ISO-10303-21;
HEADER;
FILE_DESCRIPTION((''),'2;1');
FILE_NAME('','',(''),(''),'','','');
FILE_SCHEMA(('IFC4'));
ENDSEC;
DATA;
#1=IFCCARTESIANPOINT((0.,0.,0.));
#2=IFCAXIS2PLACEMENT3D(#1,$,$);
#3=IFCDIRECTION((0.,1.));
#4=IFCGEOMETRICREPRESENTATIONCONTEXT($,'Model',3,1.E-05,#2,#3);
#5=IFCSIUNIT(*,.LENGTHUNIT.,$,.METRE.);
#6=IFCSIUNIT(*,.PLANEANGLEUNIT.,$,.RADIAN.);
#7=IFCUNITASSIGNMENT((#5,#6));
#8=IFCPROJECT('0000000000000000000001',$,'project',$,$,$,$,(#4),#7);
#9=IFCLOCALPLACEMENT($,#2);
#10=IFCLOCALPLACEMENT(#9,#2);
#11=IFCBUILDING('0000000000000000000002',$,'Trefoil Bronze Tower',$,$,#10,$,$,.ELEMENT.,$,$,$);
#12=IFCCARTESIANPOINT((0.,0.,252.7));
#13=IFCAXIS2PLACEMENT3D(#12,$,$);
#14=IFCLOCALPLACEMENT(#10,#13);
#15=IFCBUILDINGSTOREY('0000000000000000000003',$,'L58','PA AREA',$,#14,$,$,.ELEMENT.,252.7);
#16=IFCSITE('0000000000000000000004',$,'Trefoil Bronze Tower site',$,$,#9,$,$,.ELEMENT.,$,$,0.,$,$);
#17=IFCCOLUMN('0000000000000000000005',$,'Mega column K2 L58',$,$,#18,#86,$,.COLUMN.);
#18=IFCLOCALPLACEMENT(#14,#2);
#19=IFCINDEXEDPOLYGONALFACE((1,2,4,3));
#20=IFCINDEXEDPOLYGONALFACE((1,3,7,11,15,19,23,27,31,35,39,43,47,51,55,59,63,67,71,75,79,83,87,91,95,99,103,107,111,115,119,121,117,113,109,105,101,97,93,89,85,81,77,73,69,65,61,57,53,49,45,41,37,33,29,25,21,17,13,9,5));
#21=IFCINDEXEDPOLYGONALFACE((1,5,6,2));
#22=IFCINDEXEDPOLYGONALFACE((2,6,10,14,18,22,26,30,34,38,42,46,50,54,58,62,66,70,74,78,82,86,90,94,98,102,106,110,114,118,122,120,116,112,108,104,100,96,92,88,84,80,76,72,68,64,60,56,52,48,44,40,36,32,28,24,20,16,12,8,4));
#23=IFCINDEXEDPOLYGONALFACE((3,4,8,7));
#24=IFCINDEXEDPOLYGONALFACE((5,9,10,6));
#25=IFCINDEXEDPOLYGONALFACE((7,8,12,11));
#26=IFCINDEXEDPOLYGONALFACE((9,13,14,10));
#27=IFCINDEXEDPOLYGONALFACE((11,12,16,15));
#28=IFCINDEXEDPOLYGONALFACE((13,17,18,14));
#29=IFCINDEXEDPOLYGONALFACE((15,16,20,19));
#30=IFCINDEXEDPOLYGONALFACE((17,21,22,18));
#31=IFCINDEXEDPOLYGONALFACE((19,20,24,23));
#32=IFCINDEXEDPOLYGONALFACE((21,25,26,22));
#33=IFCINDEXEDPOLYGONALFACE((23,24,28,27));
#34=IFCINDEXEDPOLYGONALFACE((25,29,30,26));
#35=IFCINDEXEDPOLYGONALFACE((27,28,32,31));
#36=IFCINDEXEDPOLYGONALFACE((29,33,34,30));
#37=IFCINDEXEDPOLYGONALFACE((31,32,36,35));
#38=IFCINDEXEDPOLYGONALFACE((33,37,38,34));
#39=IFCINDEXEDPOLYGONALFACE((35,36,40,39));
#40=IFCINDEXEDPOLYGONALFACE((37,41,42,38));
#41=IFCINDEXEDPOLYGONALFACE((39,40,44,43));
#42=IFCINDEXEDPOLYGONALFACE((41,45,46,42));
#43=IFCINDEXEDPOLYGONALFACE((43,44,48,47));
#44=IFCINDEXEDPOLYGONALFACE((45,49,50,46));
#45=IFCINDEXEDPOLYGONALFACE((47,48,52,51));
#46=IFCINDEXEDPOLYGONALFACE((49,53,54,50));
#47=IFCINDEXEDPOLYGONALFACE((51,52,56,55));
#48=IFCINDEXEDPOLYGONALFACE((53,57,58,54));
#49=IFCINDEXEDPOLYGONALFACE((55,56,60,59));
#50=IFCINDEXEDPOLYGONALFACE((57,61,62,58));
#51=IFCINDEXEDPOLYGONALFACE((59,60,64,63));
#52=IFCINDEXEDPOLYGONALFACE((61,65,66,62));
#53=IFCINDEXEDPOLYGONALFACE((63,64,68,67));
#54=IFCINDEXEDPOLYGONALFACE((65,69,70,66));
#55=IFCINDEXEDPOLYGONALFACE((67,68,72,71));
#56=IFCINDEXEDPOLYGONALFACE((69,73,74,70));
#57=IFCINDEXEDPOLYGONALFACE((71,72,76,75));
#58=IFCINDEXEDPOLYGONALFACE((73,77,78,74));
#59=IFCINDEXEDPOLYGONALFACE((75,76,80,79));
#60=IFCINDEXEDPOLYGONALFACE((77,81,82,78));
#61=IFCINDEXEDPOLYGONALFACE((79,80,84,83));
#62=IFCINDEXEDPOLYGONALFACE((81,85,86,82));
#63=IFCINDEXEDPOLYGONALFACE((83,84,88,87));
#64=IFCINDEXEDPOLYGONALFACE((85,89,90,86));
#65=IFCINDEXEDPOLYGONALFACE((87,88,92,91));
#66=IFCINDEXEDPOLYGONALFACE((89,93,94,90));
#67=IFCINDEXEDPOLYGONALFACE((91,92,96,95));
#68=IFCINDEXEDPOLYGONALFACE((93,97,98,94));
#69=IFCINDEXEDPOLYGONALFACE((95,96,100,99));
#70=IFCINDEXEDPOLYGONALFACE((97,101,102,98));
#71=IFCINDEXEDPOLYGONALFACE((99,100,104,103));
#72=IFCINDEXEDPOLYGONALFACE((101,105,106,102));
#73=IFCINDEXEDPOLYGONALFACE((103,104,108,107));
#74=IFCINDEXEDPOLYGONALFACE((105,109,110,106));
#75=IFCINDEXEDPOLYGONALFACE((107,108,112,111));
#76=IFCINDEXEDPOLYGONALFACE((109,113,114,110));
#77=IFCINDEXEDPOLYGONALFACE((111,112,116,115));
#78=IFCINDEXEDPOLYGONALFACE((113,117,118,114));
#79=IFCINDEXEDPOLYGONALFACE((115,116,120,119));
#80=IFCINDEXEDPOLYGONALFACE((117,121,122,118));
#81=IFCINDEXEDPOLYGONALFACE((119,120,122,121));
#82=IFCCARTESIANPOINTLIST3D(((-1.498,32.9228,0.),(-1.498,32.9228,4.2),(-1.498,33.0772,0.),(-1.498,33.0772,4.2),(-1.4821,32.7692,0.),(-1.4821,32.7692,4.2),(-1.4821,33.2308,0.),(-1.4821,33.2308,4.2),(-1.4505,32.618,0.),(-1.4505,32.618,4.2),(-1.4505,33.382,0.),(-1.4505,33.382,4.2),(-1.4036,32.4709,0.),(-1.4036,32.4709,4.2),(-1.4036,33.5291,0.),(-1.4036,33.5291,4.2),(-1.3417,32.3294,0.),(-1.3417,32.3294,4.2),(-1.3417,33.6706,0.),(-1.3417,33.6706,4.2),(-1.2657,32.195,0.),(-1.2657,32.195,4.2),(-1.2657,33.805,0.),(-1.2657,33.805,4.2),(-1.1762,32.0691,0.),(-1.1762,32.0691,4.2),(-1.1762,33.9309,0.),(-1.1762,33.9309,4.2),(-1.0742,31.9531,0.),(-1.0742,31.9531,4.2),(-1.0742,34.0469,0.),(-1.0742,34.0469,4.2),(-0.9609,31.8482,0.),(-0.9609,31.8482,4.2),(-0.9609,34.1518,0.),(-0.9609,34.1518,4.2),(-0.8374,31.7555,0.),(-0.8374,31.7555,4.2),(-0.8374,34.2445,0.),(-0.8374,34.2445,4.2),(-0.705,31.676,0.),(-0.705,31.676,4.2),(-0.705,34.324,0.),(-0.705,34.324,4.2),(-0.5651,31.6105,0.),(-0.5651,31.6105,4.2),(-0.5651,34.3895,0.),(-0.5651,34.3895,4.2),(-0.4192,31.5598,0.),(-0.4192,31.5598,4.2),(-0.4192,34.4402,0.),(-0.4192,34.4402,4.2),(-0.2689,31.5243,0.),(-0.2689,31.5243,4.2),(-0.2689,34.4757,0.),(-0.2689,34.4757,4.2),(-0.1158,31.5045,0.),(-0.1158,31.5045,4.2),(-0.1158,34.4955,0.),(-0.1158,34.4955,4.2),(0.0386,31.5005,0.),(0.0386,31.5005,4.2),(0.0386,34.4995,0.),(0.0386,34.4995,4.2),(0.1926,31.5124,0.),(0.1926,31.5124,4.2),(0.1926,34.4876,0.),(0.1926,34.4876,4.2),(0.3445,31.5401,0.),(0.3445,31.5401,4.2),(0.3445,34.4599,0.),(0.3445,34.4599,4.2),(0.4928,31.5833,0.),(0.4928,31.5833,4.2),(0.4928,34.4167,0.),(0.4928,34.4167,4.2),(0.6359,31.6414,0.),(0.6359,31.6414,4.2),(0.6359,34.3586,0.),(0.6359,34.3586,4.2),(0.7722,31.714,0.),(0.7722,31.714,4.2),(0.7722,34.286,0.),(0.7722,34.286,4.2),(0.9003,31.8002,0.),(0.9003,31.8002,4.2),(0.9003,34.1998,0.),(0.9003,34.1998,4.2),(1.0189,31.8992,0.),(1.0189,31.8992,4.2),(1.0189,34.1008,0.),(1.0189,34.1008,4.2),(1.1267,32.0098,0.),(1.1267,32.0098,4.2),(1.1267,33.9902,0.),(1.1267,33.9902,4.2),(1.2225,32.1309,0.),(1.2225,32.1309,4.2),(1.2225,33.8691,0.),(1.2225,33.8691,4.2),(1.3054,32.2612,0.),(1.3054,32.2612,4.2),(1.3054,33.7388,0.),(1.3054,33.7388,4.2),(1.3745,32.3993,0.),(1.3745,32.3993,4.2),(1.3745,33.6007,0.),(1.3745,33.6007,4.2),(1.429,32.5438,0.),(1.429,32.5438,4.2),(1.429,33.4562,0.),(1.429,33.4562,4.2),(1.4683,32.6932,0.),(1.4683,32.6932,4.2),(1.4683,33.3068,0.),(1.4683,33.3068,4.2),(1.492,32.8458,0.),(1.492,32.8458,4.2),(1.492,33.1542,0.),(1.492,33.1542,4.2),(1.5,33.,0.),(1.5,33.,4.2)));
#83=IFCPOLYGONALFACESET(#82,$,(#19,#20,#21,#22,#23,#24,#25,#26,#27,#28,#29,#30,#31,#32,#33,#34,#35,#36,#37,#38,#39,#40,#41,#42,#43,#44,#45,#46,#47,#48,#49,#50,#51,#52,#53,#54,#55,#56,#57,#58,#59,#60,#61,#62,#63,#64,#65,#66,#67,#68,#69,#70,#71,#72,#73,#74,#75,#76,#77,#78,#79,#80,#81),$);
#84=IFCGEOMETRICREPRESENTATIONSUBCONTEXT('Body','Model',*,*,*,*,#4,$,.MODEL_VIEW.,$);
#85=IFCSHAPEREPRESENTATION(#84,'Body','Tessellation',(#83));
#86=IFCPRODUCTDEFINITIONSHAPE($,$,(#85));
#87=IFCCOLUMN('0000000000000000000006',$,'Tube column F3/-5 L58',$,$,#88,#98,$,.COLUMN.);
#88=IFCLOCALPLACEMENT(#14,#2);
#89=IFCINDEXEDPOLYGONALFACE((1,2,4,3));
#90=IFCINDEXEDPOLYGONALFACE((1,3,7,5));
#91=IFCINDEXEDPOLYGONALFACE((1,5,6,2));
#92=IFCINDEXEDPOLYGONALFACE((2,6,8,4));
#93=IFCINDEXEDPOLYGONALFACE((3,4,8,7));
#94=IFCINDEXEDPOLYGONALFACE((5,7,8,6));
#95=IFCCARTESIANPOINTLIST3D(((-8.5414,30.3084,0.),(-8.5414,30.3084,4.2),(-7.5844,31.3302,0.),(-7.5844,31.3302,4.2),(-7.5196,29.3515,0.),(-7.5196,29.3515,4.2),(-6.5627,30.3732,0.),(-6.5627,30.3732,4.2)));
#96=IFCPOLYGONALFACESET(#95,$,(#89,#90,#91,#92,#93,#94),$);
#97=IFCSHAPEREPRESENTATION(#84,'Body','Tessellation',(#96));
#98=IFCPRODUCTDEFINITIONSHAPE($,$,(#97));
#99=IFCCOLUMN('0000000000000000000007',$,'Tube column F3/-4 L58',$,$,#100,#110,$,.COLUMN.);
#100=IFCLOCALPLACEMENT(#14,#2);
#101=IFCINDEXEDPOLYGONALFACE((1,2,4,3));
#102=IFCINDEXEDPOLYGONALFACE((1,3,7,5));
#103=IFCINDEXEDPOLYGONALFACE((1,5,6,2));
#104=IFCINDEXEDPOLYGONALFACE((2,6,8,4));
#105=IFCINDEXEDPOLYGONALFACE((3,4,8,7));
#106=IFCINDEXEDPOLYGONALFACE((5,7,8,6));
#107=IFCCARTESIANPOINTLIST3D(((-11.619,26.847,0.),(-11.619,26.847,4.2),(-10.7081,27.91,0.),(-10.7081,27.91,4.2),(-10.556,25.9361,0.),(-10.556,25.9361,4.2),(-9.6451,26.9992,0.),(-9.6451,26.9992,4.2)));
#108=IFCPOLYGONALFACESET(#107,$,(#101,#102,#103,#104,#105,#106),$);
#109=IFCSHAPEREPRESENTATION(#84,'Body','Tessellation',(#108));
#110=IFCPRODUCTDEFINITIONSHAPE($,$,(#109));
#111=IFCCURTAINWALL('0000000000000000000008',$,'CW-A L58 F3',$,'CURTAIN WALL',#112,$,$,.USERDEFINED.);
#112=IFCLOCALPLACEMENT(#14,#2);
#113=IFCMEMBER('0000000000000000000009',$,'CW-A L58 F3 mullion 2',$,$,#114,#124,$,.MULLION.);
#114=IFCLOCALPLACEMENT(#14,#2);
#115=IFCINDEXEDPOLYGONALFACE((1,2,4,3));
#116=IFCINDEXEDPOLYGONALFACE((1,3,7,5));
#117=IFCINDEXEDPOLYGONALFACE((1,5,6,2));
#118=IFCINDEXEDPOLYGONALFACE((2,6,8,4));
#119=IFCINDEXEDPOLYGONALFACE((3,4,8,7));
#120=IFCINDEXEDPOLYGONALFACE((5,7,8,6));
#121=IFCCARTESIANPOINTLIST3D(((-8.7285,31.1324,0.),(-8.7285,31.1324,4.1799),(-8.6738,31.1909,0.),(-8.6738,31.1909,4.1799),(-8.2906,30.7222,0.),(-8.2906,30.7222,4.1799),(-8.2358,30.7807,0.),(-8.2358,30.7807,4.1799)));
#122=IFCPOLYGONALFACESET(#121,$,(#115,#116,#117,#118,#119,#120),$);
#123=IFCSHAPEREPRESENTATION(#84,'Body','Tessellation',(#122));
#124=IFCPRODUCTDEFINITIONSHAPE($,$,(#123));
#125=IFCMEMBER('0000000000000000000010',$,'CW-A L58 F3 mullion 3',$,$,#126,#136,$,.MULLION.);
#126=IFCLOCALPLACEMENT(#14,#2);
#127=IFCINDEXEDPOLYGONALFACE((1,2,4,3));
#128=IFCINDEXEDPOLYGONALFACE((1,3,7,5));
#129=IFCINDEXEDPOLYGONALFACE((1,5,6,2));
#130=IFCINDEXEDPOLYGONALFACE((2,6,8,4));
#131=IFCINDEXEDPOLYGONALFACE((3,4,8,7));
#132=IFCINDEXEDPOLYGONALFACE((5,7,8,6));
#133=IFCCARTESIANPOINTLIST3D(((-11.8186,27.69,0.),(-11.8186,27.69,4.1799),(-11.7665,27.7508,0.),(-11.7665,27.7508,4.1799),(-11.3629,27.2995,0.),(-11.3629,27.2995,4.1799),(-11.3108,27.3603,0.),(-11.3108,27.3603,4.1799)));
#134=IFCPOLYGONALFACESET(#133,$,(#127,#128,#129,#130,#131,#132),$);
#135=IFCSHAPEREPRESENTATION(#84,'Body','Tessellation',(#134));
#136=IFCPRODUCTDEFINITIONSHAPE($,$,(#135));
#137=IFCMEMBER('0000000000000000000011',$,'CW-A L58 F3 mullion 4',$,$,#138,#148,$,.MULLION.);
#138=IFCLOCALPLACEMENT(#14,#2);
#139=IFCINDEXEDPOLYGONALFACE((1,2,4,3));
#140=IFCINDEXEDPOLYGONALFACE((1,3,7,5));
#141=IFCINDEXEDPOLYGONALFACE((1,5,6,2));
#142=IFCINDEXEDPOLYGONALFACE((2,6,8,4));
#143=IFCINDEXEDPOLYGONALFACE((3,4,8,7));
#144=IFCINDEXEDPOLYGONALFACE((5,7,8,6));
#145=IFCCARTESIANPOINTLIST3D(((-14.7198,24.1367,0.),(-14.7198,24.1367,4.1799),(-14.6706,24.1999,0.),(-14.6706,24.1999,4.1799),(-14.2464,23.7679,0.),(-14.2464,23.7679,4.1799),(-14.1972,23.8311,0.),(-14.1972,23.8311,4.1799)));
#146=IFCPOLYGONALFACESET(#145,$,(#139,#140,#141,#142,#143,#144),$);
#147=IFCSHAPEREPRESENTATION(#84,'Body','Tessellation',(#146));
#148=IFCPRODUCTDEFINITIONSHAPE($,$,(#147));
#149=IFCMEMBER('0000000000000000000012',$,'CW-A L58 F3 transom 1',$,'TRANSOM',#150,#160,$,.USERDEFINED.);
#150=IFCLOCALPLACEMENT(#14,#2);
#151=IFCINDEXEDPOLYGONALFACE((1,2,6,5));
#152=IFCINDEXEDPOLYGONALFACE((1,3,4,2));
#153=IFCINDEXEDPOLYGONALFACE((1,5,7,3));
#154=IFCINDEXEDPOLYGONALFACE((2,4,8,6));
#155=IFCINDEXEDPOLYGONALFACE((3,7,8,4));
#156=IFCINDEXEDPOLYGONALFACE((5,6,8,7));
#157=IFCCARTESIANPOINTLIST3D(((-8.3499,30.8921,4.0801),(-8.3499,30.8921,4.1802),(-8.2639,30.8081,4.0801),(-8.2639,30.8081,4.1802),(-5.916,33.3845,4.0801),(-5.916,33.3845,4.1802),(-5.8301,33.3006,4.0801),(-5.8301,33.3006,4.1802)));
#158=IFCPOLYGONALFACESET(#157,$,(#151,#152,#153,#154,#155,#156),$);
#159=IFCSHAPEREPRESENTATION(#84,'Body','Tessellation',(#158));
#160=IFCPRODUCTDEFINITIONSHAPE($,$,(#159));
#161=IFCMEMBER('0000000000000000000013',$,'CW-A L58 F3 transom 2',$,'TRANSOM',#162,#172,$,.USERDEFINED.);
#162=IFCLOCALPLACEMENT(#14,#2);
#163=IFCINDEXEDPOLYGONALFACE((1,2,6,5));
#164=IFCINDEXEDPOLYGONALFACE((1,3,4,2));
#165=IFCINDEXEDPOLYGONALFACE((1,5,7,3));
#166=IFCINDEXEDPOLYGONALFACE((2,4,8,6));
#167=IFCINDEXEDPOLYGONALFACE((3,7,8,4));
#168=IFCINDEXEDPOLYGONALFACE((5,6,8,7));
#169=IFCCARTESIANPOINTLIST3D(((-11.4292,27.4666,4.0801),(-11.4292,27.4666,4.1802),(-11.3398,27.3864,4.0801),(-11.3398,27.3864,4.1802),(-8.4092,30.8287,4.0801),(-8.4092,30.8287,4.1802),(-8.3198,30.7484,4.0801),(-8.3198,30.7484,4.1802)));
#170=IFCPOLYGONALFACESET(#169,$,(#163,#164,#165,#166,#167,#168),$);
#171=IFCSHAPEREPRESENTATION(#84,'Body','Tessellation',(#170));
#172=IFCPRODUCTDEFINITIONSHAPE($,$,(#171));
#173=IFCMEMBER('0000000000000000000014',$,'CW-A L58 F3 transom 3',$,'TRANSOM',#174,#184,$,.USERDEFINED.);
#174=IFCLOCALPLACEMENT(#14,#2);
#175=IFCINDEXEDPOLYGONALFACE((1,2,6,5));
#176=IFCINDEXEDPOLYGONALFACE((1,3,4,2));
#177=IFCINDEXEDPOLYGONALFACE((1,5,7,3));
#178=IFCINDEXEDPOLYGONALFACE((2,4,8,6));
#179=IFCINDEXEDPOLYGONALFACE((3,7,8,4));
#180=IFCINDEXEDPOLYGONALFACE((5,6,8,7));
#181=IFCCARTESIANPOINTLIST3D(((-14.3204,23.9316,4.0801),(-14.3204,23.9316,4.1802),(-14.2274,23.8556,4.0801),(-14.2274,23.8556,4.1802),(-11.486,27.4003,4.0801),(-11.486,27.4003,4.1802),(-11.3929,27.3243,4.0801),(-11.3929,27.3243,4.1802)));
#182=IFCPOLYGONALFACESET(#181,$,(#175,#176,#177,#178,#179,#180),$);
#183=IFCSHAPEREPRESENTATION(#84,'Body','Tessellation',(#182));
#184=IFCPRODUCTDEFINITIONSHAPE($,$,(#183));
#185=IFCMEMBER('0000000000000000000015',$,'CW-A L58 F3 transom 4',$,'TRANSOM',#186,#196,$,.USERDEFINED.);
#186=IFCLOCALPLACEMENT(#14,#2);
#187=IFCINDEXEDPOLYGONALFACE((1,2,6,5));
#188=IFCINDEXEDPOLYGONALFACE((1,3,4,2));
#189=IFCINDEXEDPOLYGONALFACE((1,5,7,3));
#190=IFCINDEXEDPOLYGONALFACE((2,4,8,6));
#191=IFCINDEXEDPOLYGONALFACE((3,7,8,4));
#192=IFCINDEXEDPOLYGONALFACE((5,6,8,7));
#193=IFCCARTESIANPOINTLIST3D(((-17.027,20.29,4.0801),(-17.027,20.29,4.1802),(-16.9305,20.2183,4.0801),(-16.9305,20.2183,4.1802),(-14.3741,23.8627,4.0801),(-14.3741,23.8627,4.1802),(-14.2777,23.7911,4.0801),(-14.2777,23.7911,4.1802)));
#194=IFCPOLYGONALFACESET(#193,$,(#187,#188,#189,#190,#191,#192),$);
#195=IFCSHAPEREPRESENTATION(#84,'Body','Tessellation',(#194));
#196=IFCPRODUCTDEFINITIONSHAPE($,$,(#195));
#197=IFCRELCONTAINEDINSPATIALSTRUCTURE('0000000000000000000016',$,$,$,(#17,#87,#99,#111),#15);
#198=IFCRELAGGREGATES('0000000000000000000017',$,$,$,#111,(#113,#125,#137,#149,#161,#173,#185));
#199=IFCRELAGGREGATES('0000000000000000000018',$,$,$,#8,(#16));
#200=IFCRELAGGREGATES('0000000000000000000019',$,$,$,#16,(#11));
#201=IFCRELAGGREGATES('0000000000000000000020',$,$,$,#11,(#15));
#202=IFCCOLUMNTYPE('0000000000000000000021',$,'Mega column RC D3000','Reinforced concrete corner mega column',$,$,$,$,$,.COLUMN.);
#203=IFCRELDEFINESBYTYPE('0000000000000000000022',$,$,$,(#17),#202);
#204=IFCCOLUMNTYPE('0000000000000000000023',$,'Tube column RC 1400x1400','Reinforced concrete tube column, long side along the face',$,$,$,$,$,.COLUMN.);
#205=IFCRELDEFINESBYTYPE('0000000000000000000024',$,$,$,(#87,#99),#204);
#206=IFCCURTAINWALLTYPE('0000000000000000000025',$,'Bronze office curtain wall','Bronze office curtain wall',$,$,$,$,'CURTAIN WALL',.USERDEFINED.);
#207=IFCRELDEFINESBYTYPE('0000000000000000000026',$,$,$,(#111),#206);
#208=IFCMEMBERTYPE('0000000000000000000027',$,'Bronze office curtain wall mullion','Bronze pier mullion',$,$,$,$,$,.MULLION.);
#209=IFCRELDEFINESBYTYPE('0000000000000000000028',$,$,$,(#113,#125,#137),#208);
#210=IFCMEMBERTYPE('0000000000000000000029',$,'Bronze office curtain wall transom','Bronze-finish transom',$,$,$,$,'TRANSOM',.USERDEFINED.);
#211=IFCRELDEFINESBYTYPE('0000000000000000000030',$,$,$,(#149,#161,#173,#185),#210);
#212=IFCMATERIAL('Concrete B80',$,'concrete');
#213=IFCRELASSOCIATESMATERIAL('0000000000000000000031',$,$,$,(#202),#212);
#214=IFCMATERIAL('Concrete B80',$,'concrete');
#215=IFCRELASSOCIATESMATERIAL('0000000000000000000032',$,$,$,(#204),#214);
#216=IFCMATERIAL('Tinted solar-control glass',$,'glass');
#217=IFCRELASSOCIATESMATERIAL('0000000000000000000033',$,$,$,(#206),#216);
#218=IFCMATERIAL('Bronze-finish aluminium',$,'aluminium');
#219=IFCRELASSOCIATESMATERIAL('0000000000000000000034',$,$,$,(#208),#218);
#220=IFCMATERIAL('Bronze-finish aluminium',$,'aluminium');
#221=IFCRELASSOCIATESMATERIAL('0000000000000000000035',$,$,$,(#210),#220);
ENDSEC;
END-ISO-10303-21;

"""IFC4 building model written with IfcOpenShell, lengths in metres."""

from ifc_helpers import new_model, si_unit, direction, frame, origin, origin_2d, place, context, subcontext, project, spatial, rectangle, circle, extrude, material, material_profile, profile_set, type_object, element, aggregate, save


model = new_model("IFC4")

# Units and contexts
model_context = context("Model", 3, precision=1e-05, world=origin(), true_north=direction((0.0, 1.0)))
body_context = subcontext(model_context, "Body", "Model", "MODEL_VIEW")
ifc_project = project(units=[si_unit("LENGTHUNIT", "METRE"), si_unit("PLANEANGLEUNIT", "RADIAN")], contexts=[model_context])

# Site, building, storey
site_placement = place(None, origin())
site = spatial("IfcSite", under=ifc_project, at=site_placement, Name="Trefoil Bronze Tower site", CompositionType="ELEMENT", RefElevation=0.0)
building_placement = place(site_placement, origin())
building = spatial("IfcBuilding", under=site, at=building_placement, Name="Trefoil Bronze Tower", CompositionType="ELEMENT")
storey_placement = place(building_placement, frame((0.0, 0.0, 252.7)))
storey = spatial("IfcBuildingStorey", under=building, at=storey_placement, Name="L58", Description="PA AREA", CompositionType="ELEMENT", Elevation=252.7)

# Columns
ifc_material_1 = material(Name="Concrete B80", Category="concrete")
ifc_material_profile_1 = material_profile(ifc_material_1, circle(Radius=1.5, at=origin_2d()), Name="RC D3000")
ifc_profile_set_1 = profile_set([ifc_material_profile_1], Name="Concrete B80")
column_type_1 = type_object("IfcColumnType", Name="Mega column RC D3000", Description="Reinforced concrete corner mega column", PredefinedType="COLUMN", material=ifc_profile_set_1)
column_placement = place(storey_placement, frame((0.0, 33.0, 0.0), z_axis=(0.0, 0.0, 1.0), x_axis=(1.0, 0.0, 0.0)))
element("IfcColumn", 1, at=column_placement, inside=storey, type_object=column_type_1, Name="Mega column K2 L58", PredefinedType="COLUMN", context=body_context, shape_type="SweptSolid", body=[
    extrude(circle(Radius=1.5, at=origin_2d()), origin(), (0.0, 0.0, 1.0), 4.2),
])
ifc_material_2 = material(Name="Concrete B80", Category="concrete")
ifc_material_profile_2 = material_profile(ifc_material_2, rectangle(XDim=1.3999, YDim=1.3999, at=origin_2d()), Name="RC 1400x1400")
ifc_profile_set_2 = profile_set([ifc_material_profile_2], Name="Concrete B80")
column_type_2 = type_object("IfcColumnType", Name="Tube column RC 1400x1400", Description="Reinforced concrete tube column, long side along the face", PredefinedType="COLUMN", material=ifc_profile_set_2)
for number, where, z_axis, x_axis, name in (
    (2, (-7.552, 30.3408, 0.0), (0.0, 0.0, 1.0), (-0.683597, -0.72986, 0.0), "Tube column F3/-5 L58"),
    (3, (-10.6321, 26.9231, 0.0), (0.0, 0.0, 1.0), (-0.650677, -0.759355, 0.0), "Tube column F3/-4 L58"),
):
    element("IfcColumn", number, at=place(storey_placement, frame(where, z_axis=z_axis, x_axis=x_axis)), inside=storey, type_object=column_type_2, Name=name, PredefinedType="COLUMN", context=body_context, shape_type="SweptSolid", body=[
        extrude(rectangle(XDim=1.3999, YDim=1.3999, at=origin_2d()), origin(), (0.0, 0.0, 1.0), 4.2),
    ])

# Curtain wall, members
ifc_material_3 = material(Name="Tinted solar-control glass", Category="glass")
curtain_wall_type_1 = type_object("IfcCurtainWallType", Name="Bronze office curtain wall", Description="Bronze office curtain wall", ElementType="CURTAIN WALL", PredefinedType="USERDEFINED", material=ifc_material_3)
curtain_wall_1_placement = place(storey_placement, origin())
curtain_wall_1 = element("IfcCurtainWall", 4, at=curtain_wall_1_placement, inside=storey, type_object=curtain_wall_type_1, Name="CW-A L58 F3", ObjectType="CURTAIN WALL", PredefinedType="USERDEFINED")
ifc_material_4 = material(Name="Bronze-finish aluminium", Category="aluminium")
ifc_material_profile_3 = material_profile(ifc_material_4, rectangle(XDim=0.6001, YDim=0.0801, at=origin_2d()), Name="CW-A mullion")
ifc_profile_set_3 = profile_set([ifc_material_profile_3], Name="Bronze-finish aluminium")
member_type_1 = type_object("IfcMemberType", Name="Bronze office curtain wall mullion", Description="Bronze pier mullion", PredefinedType="MULLION", material=ifc_profile_set_3)
member_1_placement = place(storey_placement, frame((-8.4822, 30.9565, 0.0), z_axis=(0.0, 0.0, 1.0), x_axis=(0.72986, -0.683597, 0.0)))
member_1 = element("IfcMember", 5, at=member_1_placement, type_object=member_type_1, Name="CW-A L58 F3 mullion 2", PredefinedType="MULLION", context=body_context, shape_type="SweptSolid", body=[
    extrude(rectangle(XDim=0.6001, YDim=0.0801, at=origin_2d()), origin(), (0.0, 0.0, 1.0), 4.1799),
])
member_2_placement = place(storey_placement, frame((-11.5647, 27.5251, 0.0), z_axis=(0.0, 0.0, 1.0), x_axis=(0.759355, -0.650677, 0.0)))
member_2 = element("IfcMember", 6, at=member_2_placement, type_object=member_type_1, Name="CW-A L58 F3 mullion 3", PredefinedType="MULLION", context=body_context, shape_type="SweptSolid", body=[
    extrude(rectangle(XDim=0.6001, YDim=0.0801, at=origin_2d()), origin(), (0.0, 0.0, 1.0), 4.1799),
])
member_3_placement = place(storey_placement, frame((-14.4585, 23.9839, 0.0), z_axis=(0.0, 0.0, 1.0), x_axis=(0.788821, -0.614622, 0.0)))
member_3 = element("IfcMember", 7, at=member_3_placement, type_object=member_type_1, Name="CW-A L58 F3 mullion 4", PredefinedType="MULLION", context=body_context, shape_type="SweptSolid", body=[
    extrude(rectangle(XDim=0.6001, YDim=0.0801, at=origin_2d()), origin(), (0.0, 0.0, 1.0), 4.1799),
])
ifc_material_5 = material(Name="Bronze-finish aluminium", Category="aluminium")
ifc_material_profile_4 = material_profile(ifc_material_5, rectangle(XDim=0.1201, YDim=0.1001, at=origin_2d()), Name="CW-A transom")
ifc_profile_set_4 = profile_set([ifc_material_profile_4], Name="Bronze-finish aluminium")
member_type_2 = type_object("IfcMemberType", Name="Bronze office curtain wall transom", Description="Bronze-finish transom", ElementType="TRANSOM", PredefinedType="USERDEFINED", material=ifc_profile_set_4)
member_4_placement = place(storey_placement, frame((-5.873, 33.3425, 4.1301), z_axis=(-0.698647, -0.715467, 0.0), x_axis=(0.715467, -0.698647, 0.0)))
member_4 = element("IfcMember", 8, at=member_4_placement, type_object=member_type_2, Name="CW-A L58 F3 transom 1", ObjectType="TRANSOM", PredefinedType="USERDEFINED", context=body_context, shape_type="SweptSolid", body=[
    extrude(rectangle(XDim=0.1201, YDim=0.1001, at=origin_2d()), origin(), (0.0, 0.0, 1.0), 3.4836),
])
member_5_placement = place(storey_placement, frame((-8.3645, 30.7886, 4.1301), z_axis=(-0.668251, -0.743936, 0.0), x_axis=(0.743936, -0.668251, 0.0)))
member_5 = element("IfcMember", 9, at=member_5_placement, type_object=member_type_2, Name="CW-A L58 F3 transom 2", ObjectType="TRANSOM", PredefinedType="USERDEFINED", context=body_context, shape_type="SweptSolid", body=[
    extrude(rectangle(XDim=0.1201, YDim=0.1001, at=origin_2d()), origin(), (0.0, 0.0, 1.0), 4.5193),
])
member_6_placement = place(storey_placement, frame((-11.4395, 27.3623, 4.1301), z_axis=(-0.632757, -0.774351, 0.0), x_axis=(0.774351, -0.632757, 0.0)))
member_6 = element("IfcMember", 10, at=member_6_placement, type_object=member_type_2, Name="CW-A L58 F3 transom 3", ObjectType="TRANSOM", PredefinedType="USERDEFINED", context=body_context, shape_type="SweptSolid", body=[
    extrude(rectangle(XDim=0.1201, YDim=0.1001, at=origin_2d()), origin(), (0.0, 0.0, 1.0), 4.4795),
])
member_7_placement = place(storey_placement, frame((-14.3259, 23.8269, 4.1301), z_axis=(-0.596148, -0.802874, 0.0), x_axis=(0.802874, -0.596148, 0.0)))
member_7 = element("IfcMember", 11, at=member_7_placement, type_object=member_type_2, Name="CW-A L58 F3 transom 4", ObjectType="TRANSOM", PredefinedType="USERDEFINED", context=body_context, shape_type="SweptSolid", body=[
    extrude(rectangle(XDim=0.1201, YDim=0.1001, at=origin_2d()), origin(), (0.0, 0.0, 1.0), 4.45),
])

aggregate(curtain_wall_1, [member_1, member_2, member_3, member_4, member_5, member_6, member_7])

save(model, "model.ifc")
